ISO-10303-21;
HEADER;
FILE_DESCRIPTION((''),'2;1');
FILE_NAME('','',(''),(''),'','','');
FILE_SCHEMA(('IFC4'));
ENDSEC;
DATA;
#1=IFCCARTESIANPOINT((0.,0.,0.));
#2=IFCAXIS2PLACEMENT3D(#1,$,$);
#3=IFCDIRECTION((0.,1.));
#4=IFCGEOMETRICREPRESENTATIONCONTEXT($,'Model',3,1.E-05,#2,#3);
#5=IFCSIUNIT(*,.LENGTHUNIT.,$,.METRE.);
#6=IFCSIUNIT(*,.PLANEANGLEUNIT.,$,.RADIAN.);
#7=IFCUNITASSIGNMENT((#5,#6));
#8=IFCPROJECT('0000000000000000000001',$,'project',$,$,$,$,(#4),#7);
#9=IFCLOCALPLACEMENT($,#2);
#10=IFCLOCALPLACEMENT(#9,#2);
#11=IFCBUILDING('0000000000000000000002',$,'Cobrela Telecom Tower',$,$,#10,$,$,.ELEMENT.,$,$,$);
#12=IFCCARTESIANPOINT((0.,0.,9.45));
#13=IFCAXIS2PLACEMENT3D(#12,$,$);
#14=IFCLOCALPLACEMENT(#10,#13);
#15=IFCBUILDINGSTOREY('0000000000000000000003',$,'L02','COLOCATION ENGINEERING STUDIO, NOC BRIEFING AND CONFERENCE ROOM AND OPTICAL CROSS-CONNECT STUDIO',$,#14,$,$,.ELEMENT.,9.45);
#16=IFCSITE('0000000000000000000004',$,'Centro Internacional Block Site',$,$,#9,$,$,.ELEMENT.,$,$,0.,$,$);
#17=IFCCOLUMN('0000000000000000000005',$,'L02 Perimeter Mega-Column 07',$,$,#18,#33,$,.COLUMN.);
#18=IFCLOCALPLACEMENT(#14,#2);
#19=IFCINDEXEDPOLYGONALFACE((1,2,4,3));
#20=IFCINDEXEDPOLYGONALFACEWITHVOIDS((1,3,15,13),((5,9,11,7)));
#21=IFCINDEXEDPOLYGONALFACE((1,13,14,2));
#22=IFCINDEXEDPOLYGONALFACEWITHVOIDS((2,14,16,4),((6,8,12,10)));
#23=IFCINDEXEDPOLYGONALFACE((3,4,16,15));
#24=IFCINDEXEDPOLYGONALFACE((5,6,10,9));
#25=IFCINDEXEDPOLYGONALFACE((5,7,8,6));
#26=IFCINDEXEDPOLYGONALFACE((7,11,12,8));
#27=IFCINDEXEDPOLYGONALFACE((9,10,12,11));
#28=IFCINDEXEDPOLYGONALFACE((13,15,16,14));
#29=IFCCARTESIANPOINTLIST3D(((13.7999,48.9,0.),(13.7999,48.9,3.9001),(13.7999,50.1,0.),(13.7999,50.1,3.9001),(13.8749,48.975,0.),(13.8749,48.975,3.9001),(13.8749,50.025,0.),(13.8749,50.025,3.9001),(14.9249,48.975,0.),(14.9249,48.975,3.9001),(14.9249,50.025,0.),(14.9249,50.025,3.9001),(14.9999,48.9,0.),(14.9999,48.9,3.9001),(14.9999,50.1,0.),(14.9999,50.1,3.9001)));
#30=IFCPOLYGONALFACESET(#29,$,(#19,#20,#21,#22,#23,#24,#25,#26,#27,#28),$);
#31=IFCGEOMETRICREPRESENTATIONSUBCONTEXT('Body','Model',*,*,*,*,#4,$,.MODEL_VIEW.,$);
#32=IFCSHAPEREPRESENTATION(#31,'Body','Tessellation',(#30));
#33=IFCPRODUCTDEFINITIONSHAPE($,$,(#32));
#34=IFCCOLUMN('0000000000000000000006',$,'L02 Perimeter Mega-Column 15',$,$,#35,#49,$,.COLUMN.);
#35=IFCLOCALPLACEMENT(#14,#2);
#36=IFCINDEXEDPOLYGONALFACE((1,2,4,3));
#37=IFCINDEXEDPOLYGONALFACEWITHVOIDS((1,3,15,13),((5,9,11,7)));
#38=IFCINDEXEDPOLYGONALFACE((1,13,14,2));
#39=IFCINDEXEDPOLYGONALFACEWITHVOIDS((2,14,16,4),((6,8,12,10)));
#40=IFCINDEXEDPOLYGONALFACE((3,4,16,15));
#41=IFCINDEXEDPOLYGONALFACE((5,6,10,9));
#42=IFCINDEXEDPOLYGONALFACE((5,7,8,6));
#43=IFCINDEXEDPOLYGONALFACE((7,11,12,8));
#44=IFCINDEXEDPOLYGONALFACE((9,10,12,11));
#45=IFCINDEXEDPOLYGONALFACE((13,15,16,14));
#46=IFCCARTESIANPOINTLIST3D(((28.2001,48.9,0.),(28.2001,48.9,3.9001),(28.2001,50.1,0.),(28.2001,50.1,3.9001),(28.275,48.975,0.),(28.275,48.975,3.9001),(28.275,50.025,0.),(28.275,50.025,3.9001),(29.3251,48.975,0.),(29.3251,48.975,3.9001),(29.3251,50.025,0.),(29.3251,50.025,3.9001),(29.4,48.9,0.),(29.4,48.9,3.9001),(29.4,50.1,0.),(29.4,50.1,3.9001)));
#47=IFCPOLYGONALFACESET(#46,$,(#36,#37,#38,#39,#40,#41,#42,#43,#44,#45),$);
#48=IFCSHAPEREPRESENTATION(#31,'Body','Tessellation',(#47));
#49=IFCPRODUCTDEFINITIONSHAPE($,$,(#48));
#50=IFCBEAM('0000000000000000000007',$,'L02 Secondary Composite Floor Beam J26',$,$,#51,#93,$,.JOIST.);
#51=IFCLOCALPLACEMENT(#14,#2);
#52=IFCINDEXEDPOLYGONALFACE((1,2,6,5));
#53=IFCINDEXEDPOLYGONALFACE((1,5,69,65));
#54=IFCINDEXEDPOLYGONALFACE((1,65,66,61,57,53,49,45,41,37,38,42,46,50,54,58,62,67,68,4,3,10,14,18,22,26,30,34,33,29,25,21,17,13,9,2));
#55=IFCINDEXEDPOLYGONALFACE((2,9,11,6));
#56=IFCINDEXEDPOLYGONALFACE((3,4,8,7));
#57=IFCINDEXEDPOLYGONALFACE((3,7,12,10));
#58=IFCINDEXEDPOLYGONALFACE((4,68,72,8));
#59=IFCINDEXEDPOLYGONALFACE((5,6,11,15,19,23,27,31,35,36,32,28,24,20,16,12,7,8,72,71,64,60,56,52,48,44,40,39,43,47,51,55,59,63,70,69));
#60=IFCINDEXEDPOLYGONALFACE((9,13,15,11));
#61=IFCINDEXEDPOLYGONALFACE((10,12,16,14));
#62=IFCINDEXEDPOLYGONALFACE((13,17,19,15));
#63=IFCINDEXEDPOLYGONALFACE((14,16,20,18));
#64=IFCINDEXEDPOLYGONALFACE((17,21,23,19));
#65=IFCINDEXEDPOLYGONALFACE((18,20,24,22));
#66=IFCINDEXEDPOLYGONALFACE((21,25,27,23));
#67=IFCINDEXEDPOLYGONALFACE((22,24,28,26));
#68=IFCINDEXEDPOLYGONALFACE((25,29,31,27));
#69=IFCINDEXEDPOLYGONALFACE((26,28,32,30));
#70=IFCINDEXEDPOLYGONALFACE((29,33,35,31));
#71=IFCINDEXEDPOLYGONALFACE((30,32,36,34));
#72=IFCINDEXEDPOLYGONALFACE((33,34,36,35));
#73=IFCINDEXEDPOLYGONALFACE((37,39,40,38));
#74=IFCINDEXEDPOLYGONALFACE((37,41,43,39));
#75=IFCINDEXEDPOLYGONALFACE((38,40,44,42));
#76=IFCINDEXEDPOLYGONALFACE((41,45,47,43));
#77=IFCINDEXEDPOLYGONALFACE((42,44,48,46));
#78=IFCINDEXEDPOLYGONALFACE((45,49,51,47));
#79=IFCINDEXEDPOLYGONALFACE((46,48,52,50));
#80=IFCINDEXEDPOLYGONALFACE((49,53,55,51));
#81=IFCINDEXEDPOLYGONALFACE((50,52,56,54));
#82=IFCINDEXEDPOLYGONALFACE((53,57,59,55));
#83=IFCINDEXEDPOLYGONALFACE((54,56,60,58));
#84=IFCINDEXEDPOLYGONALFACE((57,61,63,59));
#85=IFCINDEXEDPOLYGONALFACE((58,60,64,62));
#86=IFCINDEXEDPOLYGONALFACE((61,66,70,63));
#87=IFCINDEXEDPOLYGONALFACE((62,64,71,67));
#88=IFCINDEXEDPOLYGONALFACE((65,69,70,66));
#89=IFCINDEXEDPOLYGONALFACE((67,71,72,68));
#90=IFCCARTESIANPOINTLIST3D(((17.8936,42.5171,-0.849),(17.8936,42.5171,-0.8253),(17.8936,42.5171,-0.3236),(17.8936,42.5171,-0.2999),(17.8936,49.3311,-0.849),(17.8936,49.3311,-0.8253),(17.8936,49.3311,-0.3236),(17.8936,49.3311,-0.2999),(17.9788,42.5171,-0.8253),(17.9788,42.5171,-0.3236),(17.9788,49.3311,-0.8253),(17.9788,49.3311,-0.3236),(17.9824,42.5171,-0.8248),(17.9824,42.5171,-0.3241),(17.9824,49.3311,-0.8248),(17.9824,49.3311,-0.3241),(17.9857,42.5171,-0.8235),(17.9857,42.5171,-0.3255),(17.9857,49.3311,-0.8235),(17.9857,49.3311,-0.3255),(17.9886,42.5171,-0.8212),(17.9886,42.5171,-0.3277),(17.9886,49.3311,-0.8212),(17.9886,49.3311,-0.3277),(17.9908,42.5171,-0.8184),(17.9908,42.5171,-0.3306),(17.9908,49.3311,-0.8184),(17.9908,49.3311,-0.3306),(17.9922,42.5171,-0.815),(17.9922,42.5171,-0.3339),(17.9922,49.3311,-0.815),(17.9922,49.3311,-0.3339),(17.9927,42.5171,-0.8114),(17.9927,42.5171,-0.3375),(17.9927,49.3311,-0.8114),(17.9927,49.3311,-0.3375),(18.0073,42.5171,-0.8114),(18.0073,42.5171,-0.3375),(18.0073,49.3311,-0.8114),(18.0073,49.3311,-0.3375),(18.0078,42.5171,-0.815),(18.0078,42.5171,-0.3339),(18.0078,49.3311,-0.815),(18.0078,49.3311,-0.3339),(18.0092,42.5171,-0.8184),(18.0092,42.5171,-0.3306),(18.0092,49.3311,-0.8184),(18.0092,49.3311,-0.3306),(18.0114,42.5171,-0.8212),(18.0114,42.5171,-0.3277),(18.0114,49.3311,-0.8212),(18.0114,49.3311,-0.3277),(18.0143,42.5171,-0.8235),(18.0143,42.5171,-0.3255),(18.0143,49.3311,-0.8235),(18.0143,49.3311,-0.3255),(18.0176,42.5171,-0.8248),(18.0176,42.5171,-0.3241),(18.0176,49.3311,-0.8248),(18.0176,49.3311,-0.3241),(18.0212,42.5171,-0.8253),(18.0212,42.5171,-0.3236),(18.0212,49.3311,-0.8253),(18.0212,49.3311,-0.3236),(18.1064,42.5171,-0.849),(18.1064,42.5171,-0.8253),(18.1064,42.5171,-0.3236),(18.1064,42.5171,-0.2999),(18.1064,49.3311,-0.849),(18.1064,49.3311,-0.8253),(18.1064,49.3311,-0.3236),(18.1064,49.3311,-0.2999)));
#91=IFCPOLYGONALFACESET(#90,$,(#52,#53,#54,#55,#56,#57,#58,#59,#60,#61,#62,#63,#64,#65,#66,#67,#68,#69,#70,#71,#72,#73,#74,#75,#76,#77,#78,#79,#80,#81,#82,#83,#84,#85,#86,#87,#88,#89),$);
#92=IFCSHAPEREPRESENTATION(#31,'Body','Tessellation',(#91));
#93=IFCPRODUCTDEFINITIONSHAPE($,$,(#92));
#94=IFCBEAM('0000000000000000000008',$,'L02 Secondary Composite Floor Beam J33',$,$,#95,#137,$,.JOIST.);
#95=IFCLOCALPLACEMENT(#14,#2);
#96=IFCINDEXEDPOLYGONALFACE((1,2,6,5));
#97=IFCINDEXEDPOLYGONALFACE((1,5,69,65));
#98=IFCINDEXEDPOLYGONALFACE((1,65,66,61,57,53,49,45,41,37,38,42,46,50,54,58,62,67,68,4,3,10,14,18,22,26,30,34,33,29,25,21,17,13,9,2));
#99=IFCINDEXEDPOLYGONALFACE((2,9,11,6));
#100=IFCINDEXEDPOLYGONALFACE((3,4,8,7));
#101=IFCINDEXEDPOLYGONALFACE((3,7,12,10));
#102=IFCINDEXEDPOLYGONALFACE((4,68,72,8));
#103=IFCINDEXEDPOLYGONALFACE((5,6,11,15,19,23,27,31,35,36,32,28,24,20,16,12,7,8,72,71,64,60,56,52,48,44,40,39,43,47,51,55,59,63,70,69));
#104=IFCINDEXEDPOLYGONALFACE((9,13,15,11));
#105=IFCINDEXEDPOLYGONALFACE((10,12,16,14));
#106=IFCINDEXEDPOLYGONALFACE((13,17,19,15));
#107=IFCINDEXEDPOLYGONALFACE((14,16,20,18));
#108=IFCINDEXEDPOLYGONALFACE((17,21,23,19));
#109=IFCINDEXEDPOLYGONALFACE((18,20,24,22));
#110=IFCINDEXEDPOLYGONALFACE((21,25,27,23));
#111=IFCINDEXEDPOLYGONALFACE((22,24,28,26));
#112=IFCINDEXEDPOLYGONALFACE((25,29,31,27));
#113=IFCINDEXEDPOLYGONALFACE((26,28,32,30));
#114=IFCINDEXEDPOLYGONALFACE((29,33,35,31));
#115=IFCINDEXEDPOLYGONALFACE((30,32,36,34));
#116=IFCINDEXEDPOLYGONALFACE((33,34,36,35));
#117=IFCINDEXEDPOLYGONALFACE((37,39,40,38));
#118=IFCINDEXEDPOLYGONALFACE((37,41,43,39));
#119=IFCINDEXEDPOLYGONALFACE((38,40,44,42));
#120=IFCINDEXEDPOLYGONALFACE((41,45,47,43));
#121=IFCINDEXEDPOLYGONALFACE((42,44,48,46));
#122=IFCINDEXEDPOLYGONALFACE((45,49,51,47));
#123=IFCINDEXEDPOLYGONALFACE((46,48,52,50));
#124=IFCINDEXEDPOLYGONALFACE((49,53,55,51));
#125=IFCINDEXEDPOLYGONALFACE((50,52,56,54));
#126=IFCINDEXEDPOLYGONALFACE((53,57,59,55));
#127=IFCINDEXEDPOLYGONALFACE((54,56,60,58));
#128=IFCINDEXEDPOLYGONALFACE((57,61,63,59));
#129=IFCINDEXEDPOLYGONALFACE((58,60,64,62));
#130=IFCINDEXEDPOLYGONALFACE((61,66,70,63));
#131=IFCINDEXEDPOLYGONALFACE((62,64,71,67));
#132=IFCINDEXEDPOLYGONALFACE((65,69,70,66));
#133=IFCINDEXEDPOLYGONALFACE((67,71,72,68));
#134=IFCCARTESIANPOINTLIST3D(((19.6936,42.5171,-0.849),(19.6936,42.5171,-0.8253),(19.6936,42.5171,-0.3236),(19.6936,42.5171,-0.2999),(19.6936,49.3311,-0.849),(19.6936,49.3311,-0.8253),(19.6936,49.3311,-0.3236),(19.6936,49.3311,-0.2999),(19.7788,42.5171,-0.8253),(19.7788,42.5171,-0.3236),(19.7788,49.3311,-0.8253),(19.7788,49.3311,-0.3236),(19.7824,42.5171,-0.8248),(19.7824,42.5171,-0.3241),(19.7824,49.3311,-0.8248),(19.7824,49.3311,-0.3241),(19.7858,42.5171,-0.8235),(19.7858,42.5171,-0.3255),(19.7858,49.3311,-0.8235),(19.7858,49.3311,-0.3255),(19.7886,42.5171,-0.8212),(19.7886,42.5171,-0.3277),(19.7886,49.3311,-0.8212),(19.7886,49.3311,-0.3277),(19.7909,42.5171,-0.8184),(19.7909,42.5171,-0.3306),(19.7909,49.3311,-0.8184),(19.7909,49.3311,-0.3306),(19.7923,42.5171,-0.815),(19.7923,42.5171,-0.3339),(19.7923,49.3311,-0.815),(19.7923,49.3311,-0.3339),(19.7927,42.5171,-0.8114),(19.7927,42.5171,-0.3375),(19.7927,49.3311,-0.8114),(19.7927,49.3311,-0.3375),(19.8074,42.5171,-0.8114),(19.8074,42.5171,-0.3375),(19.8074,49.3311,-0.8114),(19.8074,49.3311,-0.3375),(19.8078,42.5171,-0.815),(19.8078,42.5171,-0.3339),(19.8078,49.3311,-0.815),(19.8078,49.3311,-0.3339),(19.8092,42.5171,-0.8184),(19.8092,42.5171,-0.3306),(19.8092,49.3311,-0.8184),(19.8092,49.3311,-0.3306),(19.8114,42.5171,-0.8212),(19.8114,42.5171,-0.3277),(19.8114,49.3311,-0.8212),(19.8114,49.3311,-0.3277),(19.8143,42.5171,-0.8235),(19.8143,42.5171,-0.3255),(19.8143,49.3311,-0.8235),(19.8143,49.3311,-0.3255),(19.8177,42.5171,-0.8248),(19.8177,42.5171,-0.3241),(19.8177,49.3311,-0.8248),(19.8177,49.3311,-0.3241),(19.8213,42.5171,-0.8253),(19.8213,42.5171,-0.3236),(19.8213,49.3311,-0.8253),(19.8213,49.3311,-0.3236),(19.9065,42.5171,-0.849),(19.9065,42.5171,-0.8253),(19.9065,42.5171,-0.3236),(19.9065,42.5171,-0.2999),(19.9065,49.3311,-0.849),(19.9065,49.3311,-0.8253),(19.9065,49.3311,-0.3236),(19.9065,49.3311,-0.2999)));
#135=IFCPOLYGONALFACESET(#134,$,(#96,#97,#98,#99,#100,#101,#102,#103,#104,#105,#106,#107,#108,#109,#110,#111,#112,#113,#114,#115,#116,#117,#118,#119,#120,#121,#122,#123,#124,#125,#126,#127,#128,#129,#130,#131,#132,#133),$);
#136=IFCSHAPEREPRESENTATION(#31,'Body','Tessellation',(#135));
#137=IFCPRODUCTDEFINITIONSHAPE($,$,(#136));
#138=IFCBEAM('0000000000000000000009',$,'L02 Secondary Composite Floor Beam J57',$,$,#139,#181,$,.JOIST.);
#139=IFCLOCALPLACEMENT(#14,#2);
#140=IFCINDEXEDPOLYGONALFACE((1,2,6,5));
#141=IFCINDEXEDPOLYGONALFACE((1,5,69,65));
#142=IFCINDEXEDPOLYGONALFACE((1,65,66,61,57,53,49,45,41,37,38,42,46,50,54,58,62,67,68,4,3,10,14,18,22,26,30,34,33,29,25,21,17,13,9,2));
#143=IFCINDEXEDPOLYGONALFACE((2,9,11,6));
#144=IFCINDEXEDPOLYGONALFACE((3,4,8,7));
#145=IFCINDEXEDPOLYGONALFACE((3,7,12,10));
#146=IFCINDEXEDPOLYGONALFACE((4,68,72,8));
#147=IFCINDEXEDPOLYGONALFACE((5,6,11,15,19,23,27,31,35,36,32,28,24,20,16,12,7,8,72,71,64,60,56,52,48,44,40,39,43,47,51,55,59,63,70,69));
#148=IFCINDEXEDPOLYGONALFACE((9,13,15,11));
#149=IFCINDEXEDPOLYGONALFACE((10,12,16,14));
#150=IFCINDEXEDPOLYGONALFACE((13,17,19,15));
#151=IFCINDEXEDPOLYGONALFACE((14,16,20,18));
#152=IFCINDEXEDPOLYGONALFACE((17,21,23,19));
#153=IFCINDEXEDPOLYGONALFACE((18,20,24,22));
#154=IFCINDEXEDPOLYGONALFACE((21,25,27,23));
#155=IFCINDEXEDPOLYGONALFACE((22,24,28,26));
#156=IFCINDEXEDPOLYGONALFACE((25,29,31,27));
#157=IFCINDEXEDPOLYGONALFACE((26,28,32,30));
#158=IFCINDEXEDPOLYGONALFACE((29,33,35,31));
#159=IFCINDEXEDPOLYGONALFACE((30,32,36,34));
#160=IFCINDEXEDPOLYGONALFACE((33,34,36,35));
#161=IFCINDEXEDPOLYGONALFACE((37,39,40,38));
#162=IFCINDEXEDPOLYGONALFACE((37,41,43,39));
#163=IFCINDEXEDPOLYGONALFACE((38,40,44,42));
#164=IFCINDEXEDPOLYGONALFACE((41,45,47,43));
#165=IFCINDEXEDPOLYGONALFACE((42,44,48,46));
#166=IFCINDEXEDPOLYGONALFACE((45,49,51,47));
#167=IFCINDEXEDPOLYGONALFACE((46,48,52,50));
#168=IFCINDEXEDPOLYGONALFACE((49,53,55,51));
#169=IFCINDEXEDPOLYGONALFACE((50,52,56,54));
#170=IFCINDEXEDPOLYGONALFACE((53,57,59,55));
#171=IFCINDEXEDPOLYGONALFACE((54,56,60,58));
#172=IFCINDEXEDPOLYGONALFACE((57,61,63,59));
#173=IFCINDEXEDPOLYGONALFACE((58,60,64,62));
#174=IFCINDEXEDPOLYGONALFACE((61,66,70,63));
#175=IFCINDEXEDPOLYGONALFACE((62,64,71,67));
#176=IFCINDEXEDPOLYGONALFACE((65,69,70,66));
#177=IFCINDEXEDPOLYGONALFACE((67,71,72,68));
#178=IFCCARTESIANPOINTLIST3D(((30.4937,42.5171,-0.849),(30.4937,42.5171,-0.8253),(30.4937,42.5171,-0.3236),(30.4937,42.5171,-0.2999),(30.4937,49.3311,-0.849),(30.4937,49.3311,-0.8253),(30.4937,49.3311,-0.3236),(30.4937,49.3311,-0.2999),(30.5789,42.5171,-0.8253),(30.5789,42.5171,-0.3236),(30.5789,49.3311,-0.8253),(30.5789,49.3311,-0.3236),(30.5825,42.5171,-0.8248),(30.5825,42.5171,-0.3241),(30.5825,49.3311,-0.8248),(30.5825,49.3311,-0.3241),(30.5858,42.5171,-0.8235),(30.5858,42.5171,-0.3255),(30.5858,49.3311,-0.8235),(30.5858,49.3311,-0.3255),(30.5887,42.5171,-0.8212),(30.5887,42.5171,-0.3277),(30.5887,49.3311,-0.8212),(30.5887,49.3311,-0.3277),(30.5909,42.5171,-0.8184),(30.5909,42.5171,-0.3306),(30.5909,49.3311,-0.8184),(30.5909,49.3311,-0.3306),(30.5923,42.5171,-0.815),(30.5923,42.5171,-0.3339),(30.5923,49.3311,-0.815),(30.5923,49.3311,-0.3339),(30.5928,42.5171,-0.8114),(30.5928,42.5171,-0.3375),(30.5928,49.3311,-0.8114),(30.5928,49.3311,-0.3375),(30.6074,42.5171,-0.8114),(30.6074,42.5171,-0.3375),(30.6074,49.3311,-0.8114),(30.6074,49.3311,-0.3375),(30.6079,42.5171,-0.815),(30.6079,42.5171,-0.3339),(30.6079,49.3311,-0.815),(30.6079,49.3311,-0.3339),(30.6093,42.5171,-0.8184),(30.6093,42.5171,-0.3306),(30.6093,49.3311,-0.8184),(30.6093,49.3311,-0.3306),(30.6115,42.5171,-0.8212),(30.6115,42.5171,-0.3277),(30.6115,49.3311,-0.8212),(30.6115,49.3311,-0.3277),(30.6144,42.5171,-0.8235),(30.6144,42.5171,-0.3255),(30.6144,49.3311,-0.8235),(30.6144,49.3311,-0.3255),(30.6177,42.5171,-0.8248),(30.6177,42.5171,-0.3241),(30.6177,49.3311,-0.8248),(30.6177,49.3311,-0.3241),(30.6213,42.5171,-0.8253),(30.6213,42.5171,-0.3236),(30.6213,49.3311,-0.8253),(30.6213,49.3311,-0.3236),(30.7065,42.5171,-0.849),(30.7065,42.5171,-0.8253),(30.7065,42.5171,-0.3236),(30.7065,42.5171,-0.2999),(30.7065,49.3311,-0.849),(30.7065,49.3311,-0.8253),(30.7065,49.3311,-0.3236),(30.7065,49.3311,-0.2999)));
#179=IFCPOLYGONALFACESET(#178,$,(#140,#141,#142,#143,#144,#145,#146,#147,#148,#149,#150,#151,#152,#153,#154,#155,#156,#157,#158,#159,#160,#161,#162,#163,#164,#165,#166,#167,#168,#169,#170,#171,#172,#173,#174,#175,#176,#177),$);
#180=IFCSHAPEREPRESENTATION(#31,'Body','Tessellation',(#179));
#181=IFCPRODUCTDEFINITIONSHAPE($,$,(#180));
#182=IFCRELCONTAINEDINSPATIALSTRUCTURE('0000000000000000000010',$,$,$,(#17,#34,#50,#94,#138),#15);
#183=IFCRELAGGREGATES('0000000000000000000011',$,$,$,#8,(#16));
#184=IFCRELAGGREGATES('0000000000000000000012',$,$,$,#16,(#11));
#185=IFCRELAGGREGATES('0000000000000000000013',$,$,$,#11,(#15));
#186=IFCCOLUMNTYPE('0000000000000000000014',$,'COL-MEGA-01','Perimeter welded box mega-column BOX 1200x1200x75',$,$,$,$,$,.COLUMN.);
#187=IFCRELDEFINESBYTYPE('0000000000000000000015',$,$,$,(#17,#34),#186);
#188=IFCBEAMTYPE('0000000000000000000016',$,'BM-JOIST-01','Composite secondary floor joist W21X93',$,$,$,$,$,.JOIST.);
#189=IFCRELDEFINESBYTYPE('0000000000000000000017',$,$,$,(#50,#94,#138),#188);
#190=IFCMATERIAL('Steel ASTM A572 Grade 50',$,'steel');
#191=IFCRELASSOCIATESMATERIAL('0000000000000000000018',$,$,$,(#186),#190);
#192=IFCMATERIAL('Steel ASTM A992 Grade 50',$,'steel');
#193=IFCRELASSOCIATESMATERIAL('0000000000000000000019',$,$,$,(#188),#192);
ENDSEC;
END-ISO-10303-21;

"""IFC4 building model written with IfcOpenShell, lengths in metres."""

from ifc_helpers import new_model, si_unit, direction, frame, origin, origin_2d, place, context, subcontext, project, spatial, hollow_rectangle, i_section, extrude, material, material_profile, profile_set, type_object, element, save


model = new_model("IFC4")

# Units and contexts
model_context = context("Model", 3, precision=1e-05, world=origin(), true_north=direction((0.0, 1.0)))
body_context = subcontext(model_context, "Body", "Model", "MODEL_VIEW")
ifc_project = project(units=[si_unit("LENGTHUNIT", "METRE"), si_unit("PLANEANGLEUNIT", "RADIAN")], contexts=[model_context])

# Site, building, storey
site_placement = place(None, origin())
site = spatial("IfcSite", under=ifc_project, at=site_placement, Name="Centro Internacional Block Site", CompositionType="ELEMENT", RefElevation=0.0)
building_placement = place(site_placement, origin())
building = spatial("IfcBuilding", under=site, at=building_placement, Name="Cobrela Telecom Tower", CompositionType="ELEMENT")
storey_placement = place(building_placement, frame((0.0, 0.0, 9.45)))
storey = spatial("IfcBuildingStorey", under=building, at=storey_placement, Name="L02", Description="COLOCATION ENGINEERING STUDIO, NOC BRIEFING AND CONFERENCE ROOM AND OPTICAL CROSS-CONNECT STUDIO", CompositionType="ELEMENT", Elevation=9.45)

# Columns
ifc_material_1 = material(Name="Steel ASTM A572 Grade 50", Category="steel")
ifc_material_profile_1 = material_profile(ifc_material_1, hollow_rectangle(XDim=1.2, YDim=1.2, WallThickness=0.075, at=origin_2d()), Name="BOX 1200x1200x75")
ifc_profile_set_1 = profile_set([ifc_material_profile_1], Name="Steel ASTM A572 Grade 50")
column_type = type_object("IfcColumnType", Name="COL-MEGA-01", Description="Perimeter welded box mega-column BOX 1200x1200x75", PredefinedType="COLUMN", material=ifc_profile_set_1)
for number, where, z_axis, x_axis, name in (
    (1, (14.3999, 49.5, 0.0), (0.0, 0.0, 1.0), (1.0, 0.0, 0.0), "L02 Perimeter Mega-Column 07"),
    (2, (28.8, 49.5, 0.0), (0.0, 0.0, 1.0), (1.0, 0.0, 0.0), "L02 Perimeter Mega-Column 15"),
):
    element("IfcColumn", number, at=place(storey_placement, frame(where, z_axis=z_axis, x_axis=x_axis)), inside=storey, type_object=column_type, Name=name, PredefinedType="COLUMN", context=body_context, shape_type="SweptSolid", body=[
        extrude(hollow_rectangle(XDim=1.2, YDim=1.2, WallThickness=0.075, at=origin_2d()), origin(), (0.0, 0.0, 1.0), 3.9001),
    ])

# Beams
ifc_material_2 = material(Name="Steel ASTM A992 Grade 50", Category="steel")
ifc_material_profile_2 = material_profile(ifc_material_2, i_section(OverallWidth=0.2129, OverallDepth=0.5491, WebThickness=0.0146, FlangeThickness=0.0237, FilletRadius=0.0139, at=origin_2d()), Name="W21X93")
ifc_profile_set_2 = profile_set([ifc_material_profile_2], Name="Steel ASTM A992 Grade 50")
beam_type_1 = type_object("IfcBeamType", Name="BM-JOIST-01", Description="Composite secondary floor joist W21X93", PredefinedType="JOIST", material=ifc_profile_set_2)
for number, where, z_axis, x_axis, name in (
    (3, (18.0, 42.5171, -0.5745), (0.0, 1.0, 0.0), (-1.0, 0.0, 0.0), "L02 Secondary Composite Floor Beam J26"),
    (4, (19.8, 42.5171, -0.5745), (0.0, 1.0, 0.0), (-1.0, 0.0, 0.0), "L02 Secondary Composite Floor Beam J33"),
    (5, (30.6001, 42.5171, -0.5745), (0.0, 1.0, 0.0), (-1.0, 0.0, 0.0), "L02 Secondary Composite Floor Beam J57"),
):
    element("IfcBeam", number, at=place(storey_placement, frame(where, z_axis=z_axis, x_axis=x_axis)), inside=storey, type_object=beam_type_1, Name=name, PredefinedType="JOIST", context=body_context, shape_type="SweptSolid", body=[
        extrude(i_section(OverallWidth=0.2129, OverallDepth=0.5491, WebThickness=0.0146, FlangeThickness=0.0237, FilletRadius=0.0139, at=origin_2d()), origin(), (0.0, 0.0, 1.0), 6.814),
    ])

save(model, "model.ifc")
